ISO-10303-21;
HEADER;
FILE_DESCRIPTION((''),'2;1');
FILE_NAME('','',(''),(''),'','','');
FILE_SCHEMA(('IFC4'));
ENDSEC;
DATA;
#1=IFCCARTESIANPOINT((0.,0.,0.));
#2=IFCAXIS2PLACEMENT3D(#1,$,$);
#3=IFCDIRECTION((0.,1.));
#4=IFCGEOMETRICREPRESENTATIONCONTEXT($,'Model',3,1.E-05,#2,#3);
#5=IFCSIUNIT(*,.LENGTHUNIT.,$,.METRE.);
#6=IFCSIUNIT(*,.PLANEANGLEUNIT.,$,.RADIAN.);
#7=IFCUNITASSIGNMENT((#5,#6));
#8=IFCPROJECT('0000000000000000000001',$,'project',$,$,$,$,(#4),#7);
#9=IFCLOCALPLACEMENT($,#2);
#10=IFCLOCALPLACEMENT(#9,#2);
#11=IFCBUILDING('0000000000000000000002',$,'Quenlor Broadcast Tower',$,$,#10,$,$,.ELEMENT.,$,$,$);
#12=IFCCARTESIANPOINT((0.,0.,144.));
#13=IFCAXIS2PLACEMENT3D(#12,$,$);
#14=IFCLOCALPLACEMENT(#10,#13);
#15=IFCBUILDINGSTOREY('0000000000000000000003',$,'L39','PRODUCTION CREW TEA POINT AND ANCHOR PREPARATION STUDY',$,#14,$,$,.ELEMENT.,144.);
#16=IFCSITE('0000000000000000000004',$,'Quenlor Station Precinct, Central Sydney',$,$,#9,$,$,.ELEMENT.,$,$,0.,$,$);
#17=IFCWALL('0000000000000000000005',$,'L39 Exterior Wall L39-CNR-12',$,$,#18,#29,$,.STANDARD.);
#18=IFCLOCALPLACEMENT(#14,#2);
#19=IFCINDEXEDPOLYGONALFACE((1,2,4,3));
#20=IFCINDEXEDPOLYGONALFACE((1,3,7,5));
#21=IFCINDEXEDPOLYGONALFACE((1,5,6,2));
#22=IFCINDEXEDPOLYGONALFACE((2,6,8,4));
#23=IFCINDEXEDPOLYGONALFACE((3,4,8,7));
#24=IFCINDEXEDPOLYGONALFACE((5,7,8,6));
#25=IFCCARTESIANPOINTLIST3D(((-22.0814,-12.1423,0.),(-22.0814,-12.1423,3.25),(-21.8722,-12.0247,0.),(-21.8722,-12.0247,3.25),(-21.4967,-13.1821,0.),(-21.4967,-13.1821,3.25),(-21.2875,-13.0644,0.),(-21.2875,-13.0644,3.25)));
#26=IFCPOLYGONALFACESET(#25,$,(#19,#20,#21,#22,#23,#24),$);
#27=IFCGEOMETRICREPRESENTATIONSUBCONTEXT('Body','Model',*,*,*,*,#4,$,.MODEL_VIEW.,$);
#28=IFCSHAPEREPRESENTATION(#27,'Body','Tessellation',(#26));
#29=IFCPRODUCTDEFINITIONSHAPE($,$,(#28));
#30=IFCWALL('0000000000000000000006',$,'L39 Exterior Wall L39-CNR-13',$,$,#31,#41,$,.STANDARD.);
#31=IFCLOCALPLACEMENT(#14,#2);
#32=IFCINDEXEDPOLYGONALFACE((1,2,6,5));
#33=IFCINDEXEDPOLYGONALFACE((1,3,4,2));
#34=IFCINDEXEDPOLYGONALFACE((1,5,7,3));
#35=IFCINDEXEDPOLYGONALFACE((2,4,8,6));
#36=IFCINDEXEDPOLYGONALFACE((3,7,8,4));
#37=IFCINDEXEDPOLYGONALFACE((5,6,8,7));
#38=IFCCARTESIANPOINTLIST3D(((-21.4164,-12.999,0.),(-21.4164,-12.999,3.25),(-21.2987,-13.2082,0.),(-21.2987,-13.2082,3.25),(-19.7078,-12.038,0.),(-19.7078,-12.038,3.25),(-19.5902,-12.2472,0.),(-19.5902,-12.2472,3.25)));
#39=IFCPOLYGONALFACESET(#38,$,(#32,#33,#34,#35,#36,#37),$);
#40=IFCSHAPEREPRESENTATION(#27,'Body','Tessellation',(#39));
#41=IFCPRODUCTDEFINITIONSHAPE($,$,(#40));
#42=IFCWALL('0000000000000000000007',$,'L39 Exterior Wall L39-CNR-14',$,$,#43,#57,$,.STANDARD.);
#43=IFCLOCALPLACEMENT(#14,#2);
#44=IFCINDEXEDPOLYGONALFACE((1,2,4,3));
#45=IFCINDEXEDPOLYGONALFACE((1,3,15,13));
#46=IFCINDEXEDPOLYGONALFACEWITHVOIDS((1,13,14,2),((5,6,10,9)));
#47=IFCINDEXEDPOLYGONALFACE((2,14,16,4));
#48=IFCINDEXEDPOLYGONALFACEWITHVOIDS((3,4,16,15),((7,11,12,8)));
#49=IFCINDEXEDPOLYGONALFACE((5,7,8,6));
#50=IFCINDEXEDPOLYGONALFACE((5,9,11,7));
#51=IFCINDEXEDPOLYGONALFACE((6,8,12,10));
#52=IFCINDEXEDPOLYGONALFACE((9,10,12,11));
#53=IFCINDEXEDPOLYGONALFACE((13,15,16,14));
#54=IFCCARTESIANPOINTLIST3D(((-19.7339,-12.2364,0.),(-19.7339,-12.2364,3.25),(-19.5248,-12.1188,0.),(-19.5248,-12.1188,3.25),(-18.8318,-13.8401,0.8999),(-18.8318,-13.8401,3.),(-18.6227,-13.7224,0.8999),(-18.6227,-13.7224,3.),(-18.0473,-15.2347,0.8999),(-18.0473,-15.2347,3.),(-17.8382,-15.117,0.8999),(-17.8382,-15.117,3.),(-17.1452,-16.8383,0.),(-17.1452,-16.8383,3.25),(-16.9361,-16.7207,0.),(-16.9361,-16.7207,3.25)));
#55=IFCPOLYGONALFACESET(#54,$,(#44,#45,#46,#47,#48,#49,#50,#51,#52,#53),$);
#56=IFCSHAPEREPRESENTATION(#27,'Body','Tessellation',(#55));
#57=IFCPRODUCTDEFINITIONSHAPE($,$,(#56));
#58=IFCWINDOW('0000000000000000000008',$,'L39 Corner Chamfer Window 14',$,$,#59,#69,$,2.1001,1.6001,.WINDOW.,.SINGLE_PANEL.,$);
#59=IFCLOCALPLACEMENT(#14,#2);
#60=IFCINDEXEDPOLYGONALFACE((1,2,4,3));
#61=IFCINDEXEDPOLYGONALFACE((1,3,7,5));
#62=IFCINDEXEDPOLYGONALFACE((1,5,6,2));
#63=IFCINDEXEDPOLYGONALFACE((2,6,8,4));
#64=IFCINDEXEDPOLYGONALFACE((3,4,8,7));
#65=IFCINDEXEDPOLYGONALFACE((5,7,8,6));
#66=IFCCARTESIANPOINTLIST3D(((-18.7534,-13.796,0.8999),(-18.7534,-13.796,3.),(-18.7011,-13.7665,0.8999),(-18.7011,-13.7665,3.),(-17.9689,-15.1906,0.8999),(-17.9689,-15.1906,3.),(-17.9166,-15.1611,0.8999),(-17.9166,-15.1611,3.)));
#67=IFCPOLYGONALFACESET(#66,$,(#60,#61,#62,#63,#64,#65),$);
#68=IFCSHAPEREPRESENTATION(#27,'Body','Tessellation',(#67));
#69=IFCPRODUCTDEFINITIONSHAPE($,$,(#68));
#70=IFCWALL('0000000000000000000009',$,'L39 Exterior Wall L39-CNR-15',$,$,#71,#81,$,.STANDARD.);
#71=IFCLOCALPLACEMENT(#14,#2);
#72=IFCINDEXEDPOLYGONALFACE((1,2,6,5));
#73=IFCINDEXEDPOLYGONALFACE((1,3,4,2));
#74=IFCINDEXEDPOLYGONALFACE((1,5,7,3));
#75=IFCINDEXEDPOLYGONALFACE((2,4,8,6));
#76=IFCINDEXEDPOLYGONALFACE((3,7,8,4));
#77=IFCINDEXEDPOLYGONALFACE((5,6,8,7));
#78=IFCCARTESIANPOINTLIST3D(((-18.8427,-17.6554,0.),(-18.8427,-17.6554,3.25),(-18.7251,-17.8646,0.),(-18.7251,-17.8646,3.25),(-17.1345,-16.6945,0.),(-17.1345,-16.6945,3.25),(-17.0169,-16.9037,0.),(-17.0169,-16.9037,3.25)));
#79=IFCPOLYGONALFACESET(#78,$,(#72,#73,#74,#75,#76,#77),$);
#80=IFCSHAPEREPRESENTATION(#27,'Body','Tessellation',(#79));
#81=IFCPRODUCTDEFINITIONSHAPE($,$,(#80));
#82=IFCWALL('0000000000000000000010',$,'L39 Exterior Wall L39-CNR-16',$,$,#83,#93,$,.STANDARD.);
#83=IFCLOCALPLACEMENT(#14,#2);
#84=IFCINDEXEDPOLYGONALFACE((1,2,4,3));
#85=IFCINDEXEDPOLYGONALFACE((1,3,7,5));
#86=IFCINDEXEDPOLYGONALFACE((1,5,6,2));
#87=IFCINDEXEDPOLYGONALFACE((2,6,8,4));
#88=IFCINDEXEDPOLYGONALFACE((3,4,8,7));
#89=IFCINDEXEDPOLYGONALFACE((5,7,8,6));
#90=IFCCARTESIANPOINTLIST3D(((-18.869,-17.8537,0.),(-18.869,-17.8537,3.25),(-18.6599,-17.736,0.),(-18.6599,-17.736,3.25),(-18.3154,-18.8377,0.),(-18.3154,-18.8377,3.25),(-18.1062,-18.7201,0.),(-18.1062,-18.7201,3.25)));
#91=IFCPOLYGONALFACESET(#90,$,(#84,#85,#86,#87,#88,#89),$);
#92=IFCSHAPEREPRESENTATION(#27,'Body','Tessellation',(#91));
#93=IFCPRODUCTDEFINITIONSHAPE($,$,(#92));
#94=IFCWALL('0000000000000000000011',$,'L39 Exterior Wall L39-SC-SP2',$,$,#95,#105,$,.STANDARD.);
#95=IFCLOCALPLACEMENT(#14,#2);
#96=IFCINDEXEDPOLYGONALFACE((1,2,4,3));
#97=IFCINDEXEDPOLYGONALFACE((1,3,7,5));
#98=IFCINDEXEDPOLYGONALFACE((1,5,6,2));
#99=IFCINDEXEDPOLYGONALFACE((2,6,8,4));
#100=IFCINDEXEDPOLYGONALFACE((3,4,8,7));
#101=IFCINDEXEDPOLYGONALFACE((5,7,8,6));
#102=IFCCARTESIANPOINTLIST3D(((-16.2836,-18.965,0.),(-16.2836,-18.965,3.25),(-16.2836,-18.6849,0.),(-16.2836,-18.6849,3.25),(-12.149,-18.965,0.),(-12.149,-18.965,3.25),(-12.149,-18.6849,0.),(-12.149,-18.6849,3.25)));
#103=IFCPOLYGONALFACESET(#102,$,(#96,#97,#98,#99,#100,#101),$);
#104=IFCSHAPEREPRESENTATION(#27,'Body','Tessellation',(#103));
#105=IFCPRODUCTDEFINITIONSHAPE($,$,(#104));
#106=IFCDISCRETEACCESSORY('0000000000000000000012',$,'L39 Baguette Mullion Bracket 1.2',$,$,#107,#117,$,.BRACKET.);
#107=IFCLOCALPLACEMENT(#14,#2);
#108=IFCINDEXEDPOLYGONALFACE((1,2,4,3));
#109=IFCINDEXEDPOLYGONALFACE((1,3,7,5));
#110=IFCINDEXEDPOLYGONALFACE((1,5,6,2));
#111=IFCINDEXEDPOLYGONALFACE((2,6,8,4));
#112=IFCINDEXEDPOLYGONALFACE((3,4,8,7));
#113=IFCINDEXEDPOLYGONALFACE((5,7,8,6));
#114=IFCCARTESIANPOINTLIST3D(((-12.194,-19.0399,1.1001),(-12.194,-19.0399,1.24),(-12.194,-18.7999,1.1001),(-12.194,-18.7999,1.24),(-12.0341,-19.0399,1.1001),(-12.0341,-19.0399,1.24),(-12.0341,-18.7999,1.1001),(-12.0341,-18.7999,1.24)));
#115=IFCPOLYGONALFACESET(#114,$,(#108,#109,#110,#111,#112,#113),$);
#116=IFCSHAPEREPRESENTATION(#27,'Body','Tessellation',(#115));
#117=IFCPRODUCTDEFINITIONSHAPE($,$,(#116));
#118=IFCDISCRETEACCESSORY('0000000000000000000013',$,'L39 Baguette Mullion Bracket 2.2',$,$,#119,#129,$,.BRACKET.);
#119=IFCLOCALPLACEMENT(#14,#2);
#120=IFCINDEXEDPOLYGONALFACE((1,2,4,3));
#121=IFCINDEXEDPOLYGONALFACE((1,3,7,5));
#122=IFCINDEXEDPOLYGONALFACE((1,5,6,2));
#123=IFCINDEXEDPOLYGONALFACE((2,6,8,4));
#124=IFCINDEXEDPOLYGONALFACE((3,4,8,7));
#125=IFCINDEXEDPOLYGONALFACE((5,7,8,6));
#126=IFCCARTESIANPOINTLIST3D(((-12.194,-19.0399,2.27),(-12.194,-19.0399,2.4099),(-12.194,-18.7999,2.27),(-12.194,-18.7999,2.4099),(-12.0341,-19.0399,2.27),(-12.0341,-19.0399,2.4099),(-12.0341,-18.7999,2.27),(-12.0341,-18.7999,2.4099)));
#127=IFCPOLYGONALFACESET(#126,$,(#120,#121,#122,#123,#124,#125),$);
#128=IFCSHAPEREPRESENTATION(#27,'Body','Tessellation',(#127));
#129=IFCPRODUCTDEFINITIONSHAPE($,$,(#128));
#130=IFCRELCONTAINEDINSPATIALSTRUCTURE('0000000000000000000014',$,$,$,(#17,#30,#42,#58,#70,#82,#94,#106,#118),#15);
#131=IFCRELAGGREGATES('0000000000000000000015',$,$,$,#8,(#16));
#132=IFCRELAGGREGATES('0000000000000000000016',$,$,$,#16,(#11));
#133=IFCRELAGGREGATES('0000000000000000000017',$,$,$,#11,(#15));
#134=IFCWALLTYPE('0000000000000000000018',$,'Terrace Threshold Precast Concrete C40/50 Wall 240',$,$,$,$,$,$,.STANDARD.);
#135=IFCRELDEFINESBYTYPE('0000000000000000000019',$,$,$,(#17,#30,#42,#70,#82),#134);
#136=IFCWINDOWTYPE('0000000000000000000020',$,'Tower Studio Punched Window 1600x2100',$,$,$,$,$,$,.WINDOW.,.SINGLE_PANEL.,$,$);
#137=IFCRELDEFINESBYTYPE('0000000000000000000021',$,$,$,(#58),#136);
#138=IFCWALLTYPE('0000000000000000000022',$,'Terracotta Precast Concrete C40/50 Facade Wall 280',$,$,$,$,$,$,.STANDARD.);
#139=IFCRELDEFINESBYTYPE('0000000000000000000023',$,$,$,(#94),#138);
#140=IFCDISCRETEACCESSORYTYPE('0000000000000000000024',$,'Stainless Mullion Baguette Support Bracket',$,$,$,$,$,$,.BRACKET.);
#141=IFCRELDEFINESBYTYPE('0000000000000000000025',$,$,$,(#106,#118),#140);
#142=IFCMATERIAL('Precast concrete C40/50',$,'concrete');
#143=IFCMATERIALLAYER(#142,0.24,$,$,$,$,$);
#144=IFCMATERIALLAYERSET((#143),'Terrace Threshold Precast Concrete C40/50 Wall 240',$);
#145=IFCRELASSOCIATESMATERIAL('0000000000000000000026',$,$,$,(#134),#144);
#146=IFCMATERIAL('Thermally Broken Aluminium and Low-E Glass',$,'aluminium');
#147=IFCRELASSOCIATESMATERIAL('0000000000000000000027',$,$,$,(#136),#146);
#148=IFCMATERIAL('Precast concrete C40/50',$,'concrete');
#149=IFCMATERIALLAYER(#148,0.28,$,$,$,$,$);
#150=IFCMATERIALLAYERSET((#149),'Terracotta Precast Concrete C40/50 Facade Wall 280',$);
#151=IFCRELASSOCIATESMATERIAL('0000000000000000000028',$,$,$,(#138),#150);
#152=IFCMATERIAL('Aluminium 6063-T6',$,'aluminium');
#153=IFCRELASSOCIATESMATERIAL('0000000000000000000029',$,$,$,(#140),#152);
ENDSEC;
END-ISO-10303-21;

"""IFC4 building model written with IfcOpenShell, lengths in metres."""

from ifc_helpers import new_model, si_unit, direction, frame, frame_2d, origin, origin_2d, place, context, subcontext, project, spatial, rectangle, extrude, material, layer, layer_set, type_object, element, fill, save


model = new_model("IFC4")

# Units and contexts
model_context = context("Model", 3, precision=1e-05, world=origin(), true_north=direction((0.0, 1.0)))
body_context = subcontext(model_context, "Body", "Model", "MODEL_VIEW")
ifc_project = project(units=[si_unit("LENGTHUNIT", "METRE"), si_unit("PLANEANGLEUNIT", "RADIAN")], contexts=[model_context])

# Site, building, storey
site_placement = place(None, origin())
site = spatial("IfcSite", under=ifc_project, at=site_placement, Name="Quenlor Station Precinct, Central Sydney", CompositionType="ELEMENT", RefElevation=0.0)
building_placement = place(site_placement, origin())
building = spatial("IfcBuilding", under=site, at=building_placement, Name="Quenlor Broadcast Tower", CompositionType="ELEMENT")
storey_placement = place(building_placement, frame((0.0, 0.0, 144.0)))
storey = spatial("IfcBuildingStorey", under=building, at=storey_placement, Name="L39", Description="PRODUCTION CREW TEA POINT AND ANCHOR PREPARATION STUDY", CompositionType="ELEMENT", Elevation=144.0)

# Walls
ifc_material_1 = material(Name="Precast concrete C40/50", Category="concrete")
ifc_layer_1 = layer(ifc_material_1, 0.24)
ifc_layer_set_1 = layer_set([ifc_layer_1], Name="Terrace Threshold Precast Concrete C40/50 Wall 240")
wall_type_1 = type_object("IfcWallType", Name="Terrace Threshold Precast Concrete C40/50 Wall 240", PredefinedType="STANDARD", material=ifc_layer_set_1)
wall_1_placement = place(storey_placement, frame((-21.9768, -12.0835, 0.0), z_axis=(0.0, 0.0, 1.0), x_axis=(0.490154, -0.871636, 0.0)))
element("IfcWall", 1, at=wall_1_placement, inside=storey, type_object=wall_type_1, Name="L39 Exterior Wall L39-CNR-12", PredefinedType="STANDARD", context=body_context, shape_type="SweptSolid", body=[
    extrude(rectangle(XDim=1.1929, YDim=0.24, at=frame_2d((0.5964, 0.0))), origin(), (0.0, 0.0, 1.0), 3.25),
])
wall_2_placement = place(storey_placement, frame((-21.3574, -13.1035, 0.0), z_axis=(0.0, 0.0, 1.0), x_axis=(0.871595, 0.490226, 0.0)))
element("IfcWall", 2, at=wall_2_placement, inside=storey, type_object=wall_type_1, Name="L39 Exterior Wall L39-CNR-13", PredefinedType="STANDARD", context=body_context, shape_type="SweptSolid", body=[
    extrude(rectangle(XDim=1.9602, YDim=0.24, at=frame_2d((0.98, 0.0))), origin(), (0.0, 0.0, 1.0), 3.25),
])

# Wall, opening, window
wall_3_placement = place(storey_placement, frame((-19.6294, -12.1775, 0.0), z_axis=(0.0, 0.0, 1.0), x_axis=(0.490277, -0.871567, 0.0)))
wall_3 = element("IfcWall", 3, at=wall_3_placement, inside=storey, type_object=wall_type_1, Name="L39 Exterior Wall L39-CNR-14", PredefinedType="STANDARD", context=body_context, shape_type="SweptSolid", body=[
    extrude(rectangle(XDim=5.28, YDim=0.24, at=frame_2d((2.6401, 0.0))), origin(), (0.0, 0.0, 1.0), 3.25),
])
opening_placement = place(wall_3_placement, frame((1.8401, 0.0, 0.8999)))
opening = element("IfcOpeningElement", 4, at=opening_placement, cuts=wall_3, PredefinedType="OPENING", context=body_context, shape_type="SweptSolid", body=[
    extrude(rectangle(XDim=1.6001, YDim=2.1001, at=frame_2d((0.8, 1.05))), frame((0.0, 0.1299, 0.0), z_axis=(0.0, -1.0, 0.0), x_axis=(1.0, 0.0, 0.0)), (0.0, 0.0, 1.0), 0.26),
])
ifc_material_2 = material(Name="Thermally Broken Aluminium and Low-E Glass", Category="aluminium")
window_type = type_object("IfcWindowType", Name="Tower Studio Punched Window 1600x2100", PartitioningType="SINGLE_PANEL", PredefinedType="WINDOW", material=ifc_material_2)
window_placement = place(opening_placement, origin())
window = element("IfcWindow", 5, at=window_placement, inside=storey, type_object=window_type, Name="L39 Corner Chamfer Window 14", OverallHeight=2.1001, OverallWidth=1.6001, PartitioningType="SINGLE_PANEL", PredefinedType="WINDOW", context=body_context, shape_type="SweptSolid", body=[
    extrude(rectangle(XDim=1.6001, YDim=2.1001, at=frame_2d((0.8, 1.05))), frame((0.0, 0.03, 0.0), z_axis=(0.0, -1.0, 0.0), x_axis=(1.0, 0.0, 0.0)), (0.0, 0.0, 1.0), 0.0601),
])
fill(opening, window)

# Walls
wall_4_placement = place(storey_placement, frame((-17.0757, -16.7991, 0.0), z_axis=(0.0, 0.0, 1.0), x_axis=(-0.871566, -0.490279, 0.0)))
element("IfcWall", 6, at=wall_4_placement, inside=storey, type_object=wall_type_1, Name="L39 Exterior Wall L39-CNR-15", PredefinedType="STANDARD", context=body_context, shape_type="SweptSolid", body=[
    extrude(rectangle(XDim=1.96, YDim=0.24, at=frame_2d((0.98, 0.0))), origin(), (0.0, 0.0, 1.0), 3.25),
])
wall_5_placement = place(storey_placement, frame((-18.7644, -17.7949, 0.0), z_axis=(0.0, 0.0, 1.0), x_axis=(0.490354, -0.871524, 0.0)))
element("IfcWall", 7, at=wall_5_placement, inside=storey, type_object=wall_type_1, Name="L39 Exterior Wall L39-CNR-16", PredefinedType="STANDARD", context=body_context, shape_type="SweptSolid", body=[
    extrude(rectangle(XDim=1.1292, YDim=0.24, at=frame_2d((0.5645, 0.0))), origin(), (0.0, 0.0, 1.0), 3.25),
])
ifc_material_3 = material(Name="Precast concrete C40/50", Category="concrete")
ifc_layer_2 = layer(ifc_material_3, 0.28)
ifc_layer_set_2 = layer_set([ifc_layer_2], Name="Terracotta Precast Concrete C40/50 Facade Wall 280")
wall_type_2 = type_object("IfcWallType", Name="Terracotta Precast Concrete C40/50 Facade Wall 280", PredefinedType="STANDARD", material=ifc_layer_set_2)
wall_6_placement = place(storey_placement, frame((-12.1489, -18.825, 0.0), z_axis=(0.0, 0.0, 1.0), x_axis=(-1.0, 0.0, 0.0)))
element("IfcWall", 8, at=wall_6_placement, inside=storey, type_object=wall_type_2, Name="L39 Exterior Wall L39-SC-SP2", PredefinedType="STANDARD", context=body_context, shape_type="SweptSolid", body=[
    extrude(rectangle(XDim=4.1345, YDim=0.28, at=frame_2d((2.0674, 0.0))), origin(), (0.0, 0.0, 1.0), 3.25),
])

# Discrete accessories
ifc_material_4 = material(Name="Aluminium 6063-T6", Category="aluminium")
discrete_accessory_type = type_object("IfcDiscreteAccessoryType", Name="Stainless Mullion Baguette Support Bracket", PredefinedType="BRACKET", material=ifc_material_4)
for number, where, z_axis, x_axis, name in (
    (9, (-12.114, -18.9199, 1.1001), (0.0, 0.0, 1.0), (-1.0, 0.0, 0.0), "L39 Baguette Mullion Bracket 1.2"),
    (10, (-12.114, -18.9199, 2.27), (0.0, 0.0, 1.0), (-1.0, 0.0, 0.0), "L39 Baguette Mullion Bracket 2.2"),
):
    element("IfcDiscreteAccessory", number, at=place(storey_placement, frame(where, z_axis=z_axis, x_axis=x_axis)), inside=storey, type_object=discrete_accessory_type, Name=name, PredefinedType="BRACKET", context=body_context, shape_type="SweptSolid", body=[
        extrude(rectangle(XDim=0.1599, YDim=0.24, at=origin_2d()), origin(), (0.0, 0.0, 1.0), 0.1399),
    ])

save(model, "model.ifc")
